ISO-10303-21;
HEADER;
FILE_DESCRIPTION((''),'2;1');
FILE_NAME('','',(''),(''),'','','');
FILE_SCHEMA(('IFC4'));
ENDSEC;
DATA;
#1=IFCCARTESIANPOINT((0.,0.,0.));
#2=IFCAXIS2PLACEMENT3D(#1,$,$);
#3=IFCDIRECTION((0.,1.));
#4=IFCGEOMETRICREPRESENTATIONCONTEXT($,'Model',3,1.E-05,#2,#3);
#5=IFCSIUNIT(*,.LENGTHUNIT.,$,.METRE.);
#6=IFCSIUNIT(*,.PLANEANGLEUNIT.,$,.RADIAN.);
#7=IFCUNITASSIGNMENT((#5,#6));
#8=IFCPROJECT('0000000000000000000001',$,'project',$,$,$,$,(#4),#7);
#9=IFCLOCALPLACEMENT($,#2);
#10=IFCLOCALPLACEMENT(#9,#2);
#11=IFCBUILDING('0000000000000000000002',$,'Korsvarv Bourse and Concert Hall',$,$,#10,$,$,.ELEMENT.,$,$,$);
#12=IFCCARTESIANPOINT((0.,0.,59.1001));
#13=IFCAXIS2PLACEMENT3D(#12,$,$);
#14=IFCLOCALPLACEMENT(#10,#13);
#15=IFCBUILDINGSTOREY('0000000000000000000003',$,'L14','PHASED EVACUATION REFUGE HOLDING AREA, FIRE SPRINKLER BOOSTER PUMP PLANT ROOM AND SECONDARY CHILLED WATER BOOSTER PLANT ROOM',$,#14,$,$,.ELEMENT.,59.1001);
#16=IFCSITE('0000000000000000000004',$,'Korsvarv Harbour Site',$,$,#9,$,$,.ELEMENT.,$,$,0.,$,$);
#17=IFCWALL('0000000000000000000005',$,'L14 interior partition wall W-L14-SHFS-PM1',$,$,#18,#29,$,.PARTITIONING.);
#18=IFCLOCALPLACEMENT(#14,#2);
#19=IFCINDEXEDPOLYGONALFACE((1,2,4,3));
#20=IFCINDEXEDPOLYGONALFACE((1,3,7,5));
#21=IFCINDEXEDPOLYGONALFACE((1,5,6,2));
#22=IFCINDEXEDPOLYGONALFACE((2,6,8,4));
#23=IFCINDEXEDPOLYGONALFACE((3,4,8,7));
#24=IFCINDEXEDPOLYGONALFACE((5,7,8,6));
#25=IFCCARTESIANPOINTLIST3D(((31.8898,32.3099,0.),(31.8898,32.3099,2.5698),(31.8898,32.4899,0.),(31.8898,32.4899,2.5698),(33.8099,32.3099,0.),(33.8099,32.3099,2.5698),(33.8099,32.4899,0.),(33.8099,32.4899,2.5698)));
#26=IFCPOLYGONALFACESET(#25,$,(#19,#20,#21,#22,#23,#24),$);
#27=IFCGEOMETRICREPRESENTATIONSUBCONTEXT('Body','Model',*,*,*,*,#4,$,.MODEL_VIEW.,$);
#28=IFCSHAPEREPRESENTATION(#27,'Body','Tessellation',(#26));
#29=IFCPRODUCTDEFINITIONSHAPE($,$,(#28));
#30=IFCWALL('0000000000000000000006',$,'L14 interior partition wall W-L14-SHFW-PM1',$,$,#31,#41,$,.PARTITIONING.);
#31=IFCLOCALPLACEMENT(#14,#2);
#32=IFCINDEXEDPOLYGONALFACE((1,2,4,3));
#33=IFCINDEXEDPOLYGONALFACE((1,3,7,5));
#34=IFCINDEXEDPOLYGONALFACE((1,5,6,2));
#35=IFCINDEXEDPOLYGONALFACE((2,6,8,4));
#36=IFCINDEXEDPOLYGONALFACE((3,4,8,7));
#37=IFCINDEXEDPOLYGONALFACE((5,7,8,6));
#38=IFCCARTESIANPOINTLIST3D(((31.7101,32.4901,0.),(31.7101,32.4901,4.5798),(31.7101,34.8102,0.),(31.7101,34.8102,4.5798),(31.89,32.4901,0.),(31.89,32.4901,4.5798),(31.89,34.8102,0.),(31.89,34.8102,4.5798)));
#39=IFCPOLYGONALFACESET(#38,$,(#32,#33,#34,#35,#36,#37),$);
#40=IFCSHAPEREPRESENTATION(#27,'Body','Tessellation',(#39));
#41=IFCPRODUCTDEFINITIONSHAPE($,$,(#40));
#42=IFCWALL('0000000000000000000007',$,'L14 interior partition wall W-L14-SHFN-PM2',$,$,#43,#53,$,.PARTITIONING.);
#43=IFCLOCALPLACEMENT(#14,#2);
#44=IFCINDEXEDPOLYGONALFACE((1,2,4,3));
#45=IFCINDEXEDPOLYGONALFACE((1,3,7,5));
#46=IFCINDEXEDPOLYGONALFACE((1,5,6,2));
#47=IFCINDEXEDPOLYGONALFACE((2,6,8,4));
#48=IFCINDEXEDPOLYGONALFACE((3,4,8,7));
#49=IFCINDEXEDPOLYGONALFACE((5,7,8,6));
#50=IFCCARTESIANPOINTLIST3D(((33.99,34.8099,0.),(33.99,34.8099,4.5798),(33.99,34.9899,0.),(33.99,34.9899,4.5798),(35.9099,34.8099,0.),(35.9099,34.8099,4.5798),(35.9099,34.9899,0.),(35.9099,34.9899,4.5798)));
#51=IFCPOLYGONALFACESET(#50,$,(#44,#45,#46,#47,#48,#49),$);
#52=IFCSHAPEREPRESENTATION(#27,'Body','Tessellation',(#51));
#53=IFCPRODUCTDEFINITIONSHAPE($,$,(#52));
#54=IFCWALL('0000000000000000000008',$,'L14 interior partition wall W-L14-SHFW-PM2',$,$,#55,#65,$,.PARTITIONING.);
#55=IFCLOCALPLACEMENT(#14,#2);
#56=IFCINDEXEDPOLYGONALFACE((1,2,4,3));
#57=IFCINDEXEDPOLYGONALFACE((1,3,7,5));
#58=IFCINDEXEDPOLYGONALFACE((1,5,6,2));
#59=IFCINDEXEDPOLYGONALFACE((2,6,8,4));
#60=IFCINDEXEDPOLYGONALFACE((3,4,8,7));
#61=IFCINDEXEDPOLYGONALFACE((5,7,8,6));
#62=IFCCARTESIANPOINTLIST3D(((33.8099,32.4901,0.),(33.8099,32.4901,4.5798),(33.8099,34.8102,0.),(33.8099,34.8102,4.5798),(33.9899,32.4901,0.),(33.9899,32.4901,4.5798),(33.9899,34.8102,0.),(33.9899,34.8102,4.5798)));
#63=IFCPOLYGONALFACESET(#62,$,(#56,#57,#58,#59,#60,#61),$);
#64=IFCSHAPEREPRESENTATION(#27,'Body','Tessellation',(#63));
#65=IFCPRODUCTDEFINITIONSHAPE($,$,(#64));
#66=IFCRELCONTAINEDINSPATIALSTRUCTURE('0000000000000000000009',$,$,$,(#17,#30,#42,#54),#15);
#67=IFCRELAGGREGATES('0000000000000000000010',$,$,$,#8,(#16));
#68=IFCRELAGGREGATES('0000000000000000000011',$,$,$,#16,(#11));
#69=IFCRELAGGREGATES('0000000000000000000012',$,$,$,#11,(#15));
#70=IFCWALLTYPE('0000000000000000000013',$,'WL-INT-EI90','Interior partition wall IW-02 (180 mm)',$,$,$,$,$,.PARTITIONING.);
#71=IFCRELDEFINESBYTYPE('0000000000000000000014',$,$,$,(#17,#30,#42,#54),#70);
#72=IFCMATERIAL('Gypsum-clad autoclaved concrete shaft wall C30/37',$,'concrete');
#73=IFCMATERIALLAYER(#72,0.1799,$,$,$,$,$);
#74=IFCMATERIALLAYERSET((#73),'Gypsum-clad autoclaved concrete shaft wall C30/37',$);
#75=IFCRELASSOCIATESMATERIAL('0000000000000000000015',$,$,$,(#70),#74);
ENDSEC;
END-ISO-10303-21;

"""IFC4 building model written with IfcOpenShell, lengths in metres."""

from ifc_helpers import new_model, si_unit, direction, frame, frame_2d, origin, place, context, subcontext, project, spatial, rectangle, extrude, material, layer, layer_set, type_object, element, save


model = new_model("IFC4")

# Units and contexts
model_context = context("Model", 3, precision=1e-05, world=origin(), true_north=direction((0.0, 1.0)))
body_context = subcontext(model_context, "Body", "Model", "MODEL_VIEW")
ifc_project = project(units=[si_unit("LENGTHUNIT", "METRE"), si_unit("PLANEANGLEUNIT", "RADIAN")], contexts=[model_context])

# Site, building, storey
site_placement = place(None, origin())
site = spatial("IfcSite", under=ifc_project, at=site_placement, Name="Korsvarv Harbour Site", CompositionType="ELEMENT", RefElevation=0.0)
building_placement = place(site_placement, origin())
building = spatial("IfcBuilding", under=site, at=building_placement, Name="Korsvarv Bourse and Concert Hall", CompositionType="ELEMENT")
storey_placement = place(building_placement, frame((0.0, 0.0, 59.1001)))
storey = spatial("IfcBuildingStorey", under=building, at=storey_placement, Name="L14", Description="PHASED EVACUATION REFUGE HOLDING AREA, FIRE SPRINKLER BOOSTER PUMP PLANT ROOM AND SECONDARY CHILLED WATER BOOSTER PLANT ROOM", CompositionType="ELEMENT", Elevation=59.1001)

# Shared definitions
ifc_material_1 = material(Name="Gypsum-clad autoclaved concrete shaft wall C30/37", Category="concrete")
ifc_layer_1 = layer(ifc_material_1, 0.1799)
ifc_layer_set_1 = layer_set([ifc_layer_1], Name="Gypsum-clad autoclaved concrete shaft wall C30/37")
wall_type_1 = type_object("IfcWallType", Name="WL-INT-EI90", Description="Interior partition wall IW-02 (180 mm)", PredefinedType="PARTITIONING", material=ifc_layer_set_1)

# Walls
wall_1_placement = place(storey_placement, frame((31.8899, 32.3999, 0.0), z_axis=(0.0, 0.0, 1.0), x_axis=(1.0, 0.0, 0.0)))
element("IfcWall", 1, at=wall_1_placement, inside=storey, type_object=wall_type_1, Name="L14 interior partition wall W-L14-SHFS-PM1", PredefinedType="PARTITIONING", context=body_context, shape_type="SweptSolid", body=[
    extrude(rectangle(XDim=1.9202, YDim=0.1799, at=frame_2d((0.96, 0.0))), origin(), (0.0, 0.0, 1.0), 2.5698),
])
wall_2_placement = place(storey_placement, frame((31.8, 32.49, 0.0), z_axis=(0.0, 0.0, 1.0), x_axis=(0.0, 1.0, 0.0)))
element("IfcWall", 2, at=wall_2_placement, inside=storey, type_object=wall_type_1, Name="L14 interior partition wall W-L14-SHFW-PM1", PredefinedType="PARTITIONING", context=body_context, shape_type="SweptSolid", body=[
    extrude(rectangle(XDim=2.3201, YDim=0.1799, at=frame_2d((1.1602, 0.0))), origin(), (0.0, 0.0, 1.0), 4.5798),
])
wall_3_placement = place(storey_placement, frame((33.99, 34.8999, 0.0), z_axis=(0.0, 0.0, 1.0), x_axis=(1.0, 0.0, 0.0)))
element("IfcWall", 3, at=wall_3_placement, inside=storey, type_object=wall_type_1, Name="L14 interior partition wall W-L14-SHFN-PM2", PredefinedType="PARTITIONING", context=body_context, shape_type="SweptSolid", body=[
    extrude(rectangle(XDim=1.9199, YDim=0.1799, at=frame_2d((0.96, 0.0))), origin(), (0.0, 0.0, 1.0), 4.5798),
])
wall_4_placement = place(storey_placement, frame((33.8999, 32.49, 0.0), z_axis=(0.0, 0.0, 1.0), x_axis=(0.0, 1.0, 0.0)))
element("IfcWall", 4, at=wall_4_placement, inside=storey, type_object=wall_type_1, Name="L14 interior partition wall W-L14-SHFW-PM2", PredefinedType="PARTITIONING", context=body_context, shape_type="SweptSolid", body=[
    extrude(rectangle(XDim=2.3201, YDim=0.1799, at=frame_2d((1.1602, 0.0))), origin(), (0.0, 0.0, 1.0), 4.5798),
])

save(model, "model.ifc")
